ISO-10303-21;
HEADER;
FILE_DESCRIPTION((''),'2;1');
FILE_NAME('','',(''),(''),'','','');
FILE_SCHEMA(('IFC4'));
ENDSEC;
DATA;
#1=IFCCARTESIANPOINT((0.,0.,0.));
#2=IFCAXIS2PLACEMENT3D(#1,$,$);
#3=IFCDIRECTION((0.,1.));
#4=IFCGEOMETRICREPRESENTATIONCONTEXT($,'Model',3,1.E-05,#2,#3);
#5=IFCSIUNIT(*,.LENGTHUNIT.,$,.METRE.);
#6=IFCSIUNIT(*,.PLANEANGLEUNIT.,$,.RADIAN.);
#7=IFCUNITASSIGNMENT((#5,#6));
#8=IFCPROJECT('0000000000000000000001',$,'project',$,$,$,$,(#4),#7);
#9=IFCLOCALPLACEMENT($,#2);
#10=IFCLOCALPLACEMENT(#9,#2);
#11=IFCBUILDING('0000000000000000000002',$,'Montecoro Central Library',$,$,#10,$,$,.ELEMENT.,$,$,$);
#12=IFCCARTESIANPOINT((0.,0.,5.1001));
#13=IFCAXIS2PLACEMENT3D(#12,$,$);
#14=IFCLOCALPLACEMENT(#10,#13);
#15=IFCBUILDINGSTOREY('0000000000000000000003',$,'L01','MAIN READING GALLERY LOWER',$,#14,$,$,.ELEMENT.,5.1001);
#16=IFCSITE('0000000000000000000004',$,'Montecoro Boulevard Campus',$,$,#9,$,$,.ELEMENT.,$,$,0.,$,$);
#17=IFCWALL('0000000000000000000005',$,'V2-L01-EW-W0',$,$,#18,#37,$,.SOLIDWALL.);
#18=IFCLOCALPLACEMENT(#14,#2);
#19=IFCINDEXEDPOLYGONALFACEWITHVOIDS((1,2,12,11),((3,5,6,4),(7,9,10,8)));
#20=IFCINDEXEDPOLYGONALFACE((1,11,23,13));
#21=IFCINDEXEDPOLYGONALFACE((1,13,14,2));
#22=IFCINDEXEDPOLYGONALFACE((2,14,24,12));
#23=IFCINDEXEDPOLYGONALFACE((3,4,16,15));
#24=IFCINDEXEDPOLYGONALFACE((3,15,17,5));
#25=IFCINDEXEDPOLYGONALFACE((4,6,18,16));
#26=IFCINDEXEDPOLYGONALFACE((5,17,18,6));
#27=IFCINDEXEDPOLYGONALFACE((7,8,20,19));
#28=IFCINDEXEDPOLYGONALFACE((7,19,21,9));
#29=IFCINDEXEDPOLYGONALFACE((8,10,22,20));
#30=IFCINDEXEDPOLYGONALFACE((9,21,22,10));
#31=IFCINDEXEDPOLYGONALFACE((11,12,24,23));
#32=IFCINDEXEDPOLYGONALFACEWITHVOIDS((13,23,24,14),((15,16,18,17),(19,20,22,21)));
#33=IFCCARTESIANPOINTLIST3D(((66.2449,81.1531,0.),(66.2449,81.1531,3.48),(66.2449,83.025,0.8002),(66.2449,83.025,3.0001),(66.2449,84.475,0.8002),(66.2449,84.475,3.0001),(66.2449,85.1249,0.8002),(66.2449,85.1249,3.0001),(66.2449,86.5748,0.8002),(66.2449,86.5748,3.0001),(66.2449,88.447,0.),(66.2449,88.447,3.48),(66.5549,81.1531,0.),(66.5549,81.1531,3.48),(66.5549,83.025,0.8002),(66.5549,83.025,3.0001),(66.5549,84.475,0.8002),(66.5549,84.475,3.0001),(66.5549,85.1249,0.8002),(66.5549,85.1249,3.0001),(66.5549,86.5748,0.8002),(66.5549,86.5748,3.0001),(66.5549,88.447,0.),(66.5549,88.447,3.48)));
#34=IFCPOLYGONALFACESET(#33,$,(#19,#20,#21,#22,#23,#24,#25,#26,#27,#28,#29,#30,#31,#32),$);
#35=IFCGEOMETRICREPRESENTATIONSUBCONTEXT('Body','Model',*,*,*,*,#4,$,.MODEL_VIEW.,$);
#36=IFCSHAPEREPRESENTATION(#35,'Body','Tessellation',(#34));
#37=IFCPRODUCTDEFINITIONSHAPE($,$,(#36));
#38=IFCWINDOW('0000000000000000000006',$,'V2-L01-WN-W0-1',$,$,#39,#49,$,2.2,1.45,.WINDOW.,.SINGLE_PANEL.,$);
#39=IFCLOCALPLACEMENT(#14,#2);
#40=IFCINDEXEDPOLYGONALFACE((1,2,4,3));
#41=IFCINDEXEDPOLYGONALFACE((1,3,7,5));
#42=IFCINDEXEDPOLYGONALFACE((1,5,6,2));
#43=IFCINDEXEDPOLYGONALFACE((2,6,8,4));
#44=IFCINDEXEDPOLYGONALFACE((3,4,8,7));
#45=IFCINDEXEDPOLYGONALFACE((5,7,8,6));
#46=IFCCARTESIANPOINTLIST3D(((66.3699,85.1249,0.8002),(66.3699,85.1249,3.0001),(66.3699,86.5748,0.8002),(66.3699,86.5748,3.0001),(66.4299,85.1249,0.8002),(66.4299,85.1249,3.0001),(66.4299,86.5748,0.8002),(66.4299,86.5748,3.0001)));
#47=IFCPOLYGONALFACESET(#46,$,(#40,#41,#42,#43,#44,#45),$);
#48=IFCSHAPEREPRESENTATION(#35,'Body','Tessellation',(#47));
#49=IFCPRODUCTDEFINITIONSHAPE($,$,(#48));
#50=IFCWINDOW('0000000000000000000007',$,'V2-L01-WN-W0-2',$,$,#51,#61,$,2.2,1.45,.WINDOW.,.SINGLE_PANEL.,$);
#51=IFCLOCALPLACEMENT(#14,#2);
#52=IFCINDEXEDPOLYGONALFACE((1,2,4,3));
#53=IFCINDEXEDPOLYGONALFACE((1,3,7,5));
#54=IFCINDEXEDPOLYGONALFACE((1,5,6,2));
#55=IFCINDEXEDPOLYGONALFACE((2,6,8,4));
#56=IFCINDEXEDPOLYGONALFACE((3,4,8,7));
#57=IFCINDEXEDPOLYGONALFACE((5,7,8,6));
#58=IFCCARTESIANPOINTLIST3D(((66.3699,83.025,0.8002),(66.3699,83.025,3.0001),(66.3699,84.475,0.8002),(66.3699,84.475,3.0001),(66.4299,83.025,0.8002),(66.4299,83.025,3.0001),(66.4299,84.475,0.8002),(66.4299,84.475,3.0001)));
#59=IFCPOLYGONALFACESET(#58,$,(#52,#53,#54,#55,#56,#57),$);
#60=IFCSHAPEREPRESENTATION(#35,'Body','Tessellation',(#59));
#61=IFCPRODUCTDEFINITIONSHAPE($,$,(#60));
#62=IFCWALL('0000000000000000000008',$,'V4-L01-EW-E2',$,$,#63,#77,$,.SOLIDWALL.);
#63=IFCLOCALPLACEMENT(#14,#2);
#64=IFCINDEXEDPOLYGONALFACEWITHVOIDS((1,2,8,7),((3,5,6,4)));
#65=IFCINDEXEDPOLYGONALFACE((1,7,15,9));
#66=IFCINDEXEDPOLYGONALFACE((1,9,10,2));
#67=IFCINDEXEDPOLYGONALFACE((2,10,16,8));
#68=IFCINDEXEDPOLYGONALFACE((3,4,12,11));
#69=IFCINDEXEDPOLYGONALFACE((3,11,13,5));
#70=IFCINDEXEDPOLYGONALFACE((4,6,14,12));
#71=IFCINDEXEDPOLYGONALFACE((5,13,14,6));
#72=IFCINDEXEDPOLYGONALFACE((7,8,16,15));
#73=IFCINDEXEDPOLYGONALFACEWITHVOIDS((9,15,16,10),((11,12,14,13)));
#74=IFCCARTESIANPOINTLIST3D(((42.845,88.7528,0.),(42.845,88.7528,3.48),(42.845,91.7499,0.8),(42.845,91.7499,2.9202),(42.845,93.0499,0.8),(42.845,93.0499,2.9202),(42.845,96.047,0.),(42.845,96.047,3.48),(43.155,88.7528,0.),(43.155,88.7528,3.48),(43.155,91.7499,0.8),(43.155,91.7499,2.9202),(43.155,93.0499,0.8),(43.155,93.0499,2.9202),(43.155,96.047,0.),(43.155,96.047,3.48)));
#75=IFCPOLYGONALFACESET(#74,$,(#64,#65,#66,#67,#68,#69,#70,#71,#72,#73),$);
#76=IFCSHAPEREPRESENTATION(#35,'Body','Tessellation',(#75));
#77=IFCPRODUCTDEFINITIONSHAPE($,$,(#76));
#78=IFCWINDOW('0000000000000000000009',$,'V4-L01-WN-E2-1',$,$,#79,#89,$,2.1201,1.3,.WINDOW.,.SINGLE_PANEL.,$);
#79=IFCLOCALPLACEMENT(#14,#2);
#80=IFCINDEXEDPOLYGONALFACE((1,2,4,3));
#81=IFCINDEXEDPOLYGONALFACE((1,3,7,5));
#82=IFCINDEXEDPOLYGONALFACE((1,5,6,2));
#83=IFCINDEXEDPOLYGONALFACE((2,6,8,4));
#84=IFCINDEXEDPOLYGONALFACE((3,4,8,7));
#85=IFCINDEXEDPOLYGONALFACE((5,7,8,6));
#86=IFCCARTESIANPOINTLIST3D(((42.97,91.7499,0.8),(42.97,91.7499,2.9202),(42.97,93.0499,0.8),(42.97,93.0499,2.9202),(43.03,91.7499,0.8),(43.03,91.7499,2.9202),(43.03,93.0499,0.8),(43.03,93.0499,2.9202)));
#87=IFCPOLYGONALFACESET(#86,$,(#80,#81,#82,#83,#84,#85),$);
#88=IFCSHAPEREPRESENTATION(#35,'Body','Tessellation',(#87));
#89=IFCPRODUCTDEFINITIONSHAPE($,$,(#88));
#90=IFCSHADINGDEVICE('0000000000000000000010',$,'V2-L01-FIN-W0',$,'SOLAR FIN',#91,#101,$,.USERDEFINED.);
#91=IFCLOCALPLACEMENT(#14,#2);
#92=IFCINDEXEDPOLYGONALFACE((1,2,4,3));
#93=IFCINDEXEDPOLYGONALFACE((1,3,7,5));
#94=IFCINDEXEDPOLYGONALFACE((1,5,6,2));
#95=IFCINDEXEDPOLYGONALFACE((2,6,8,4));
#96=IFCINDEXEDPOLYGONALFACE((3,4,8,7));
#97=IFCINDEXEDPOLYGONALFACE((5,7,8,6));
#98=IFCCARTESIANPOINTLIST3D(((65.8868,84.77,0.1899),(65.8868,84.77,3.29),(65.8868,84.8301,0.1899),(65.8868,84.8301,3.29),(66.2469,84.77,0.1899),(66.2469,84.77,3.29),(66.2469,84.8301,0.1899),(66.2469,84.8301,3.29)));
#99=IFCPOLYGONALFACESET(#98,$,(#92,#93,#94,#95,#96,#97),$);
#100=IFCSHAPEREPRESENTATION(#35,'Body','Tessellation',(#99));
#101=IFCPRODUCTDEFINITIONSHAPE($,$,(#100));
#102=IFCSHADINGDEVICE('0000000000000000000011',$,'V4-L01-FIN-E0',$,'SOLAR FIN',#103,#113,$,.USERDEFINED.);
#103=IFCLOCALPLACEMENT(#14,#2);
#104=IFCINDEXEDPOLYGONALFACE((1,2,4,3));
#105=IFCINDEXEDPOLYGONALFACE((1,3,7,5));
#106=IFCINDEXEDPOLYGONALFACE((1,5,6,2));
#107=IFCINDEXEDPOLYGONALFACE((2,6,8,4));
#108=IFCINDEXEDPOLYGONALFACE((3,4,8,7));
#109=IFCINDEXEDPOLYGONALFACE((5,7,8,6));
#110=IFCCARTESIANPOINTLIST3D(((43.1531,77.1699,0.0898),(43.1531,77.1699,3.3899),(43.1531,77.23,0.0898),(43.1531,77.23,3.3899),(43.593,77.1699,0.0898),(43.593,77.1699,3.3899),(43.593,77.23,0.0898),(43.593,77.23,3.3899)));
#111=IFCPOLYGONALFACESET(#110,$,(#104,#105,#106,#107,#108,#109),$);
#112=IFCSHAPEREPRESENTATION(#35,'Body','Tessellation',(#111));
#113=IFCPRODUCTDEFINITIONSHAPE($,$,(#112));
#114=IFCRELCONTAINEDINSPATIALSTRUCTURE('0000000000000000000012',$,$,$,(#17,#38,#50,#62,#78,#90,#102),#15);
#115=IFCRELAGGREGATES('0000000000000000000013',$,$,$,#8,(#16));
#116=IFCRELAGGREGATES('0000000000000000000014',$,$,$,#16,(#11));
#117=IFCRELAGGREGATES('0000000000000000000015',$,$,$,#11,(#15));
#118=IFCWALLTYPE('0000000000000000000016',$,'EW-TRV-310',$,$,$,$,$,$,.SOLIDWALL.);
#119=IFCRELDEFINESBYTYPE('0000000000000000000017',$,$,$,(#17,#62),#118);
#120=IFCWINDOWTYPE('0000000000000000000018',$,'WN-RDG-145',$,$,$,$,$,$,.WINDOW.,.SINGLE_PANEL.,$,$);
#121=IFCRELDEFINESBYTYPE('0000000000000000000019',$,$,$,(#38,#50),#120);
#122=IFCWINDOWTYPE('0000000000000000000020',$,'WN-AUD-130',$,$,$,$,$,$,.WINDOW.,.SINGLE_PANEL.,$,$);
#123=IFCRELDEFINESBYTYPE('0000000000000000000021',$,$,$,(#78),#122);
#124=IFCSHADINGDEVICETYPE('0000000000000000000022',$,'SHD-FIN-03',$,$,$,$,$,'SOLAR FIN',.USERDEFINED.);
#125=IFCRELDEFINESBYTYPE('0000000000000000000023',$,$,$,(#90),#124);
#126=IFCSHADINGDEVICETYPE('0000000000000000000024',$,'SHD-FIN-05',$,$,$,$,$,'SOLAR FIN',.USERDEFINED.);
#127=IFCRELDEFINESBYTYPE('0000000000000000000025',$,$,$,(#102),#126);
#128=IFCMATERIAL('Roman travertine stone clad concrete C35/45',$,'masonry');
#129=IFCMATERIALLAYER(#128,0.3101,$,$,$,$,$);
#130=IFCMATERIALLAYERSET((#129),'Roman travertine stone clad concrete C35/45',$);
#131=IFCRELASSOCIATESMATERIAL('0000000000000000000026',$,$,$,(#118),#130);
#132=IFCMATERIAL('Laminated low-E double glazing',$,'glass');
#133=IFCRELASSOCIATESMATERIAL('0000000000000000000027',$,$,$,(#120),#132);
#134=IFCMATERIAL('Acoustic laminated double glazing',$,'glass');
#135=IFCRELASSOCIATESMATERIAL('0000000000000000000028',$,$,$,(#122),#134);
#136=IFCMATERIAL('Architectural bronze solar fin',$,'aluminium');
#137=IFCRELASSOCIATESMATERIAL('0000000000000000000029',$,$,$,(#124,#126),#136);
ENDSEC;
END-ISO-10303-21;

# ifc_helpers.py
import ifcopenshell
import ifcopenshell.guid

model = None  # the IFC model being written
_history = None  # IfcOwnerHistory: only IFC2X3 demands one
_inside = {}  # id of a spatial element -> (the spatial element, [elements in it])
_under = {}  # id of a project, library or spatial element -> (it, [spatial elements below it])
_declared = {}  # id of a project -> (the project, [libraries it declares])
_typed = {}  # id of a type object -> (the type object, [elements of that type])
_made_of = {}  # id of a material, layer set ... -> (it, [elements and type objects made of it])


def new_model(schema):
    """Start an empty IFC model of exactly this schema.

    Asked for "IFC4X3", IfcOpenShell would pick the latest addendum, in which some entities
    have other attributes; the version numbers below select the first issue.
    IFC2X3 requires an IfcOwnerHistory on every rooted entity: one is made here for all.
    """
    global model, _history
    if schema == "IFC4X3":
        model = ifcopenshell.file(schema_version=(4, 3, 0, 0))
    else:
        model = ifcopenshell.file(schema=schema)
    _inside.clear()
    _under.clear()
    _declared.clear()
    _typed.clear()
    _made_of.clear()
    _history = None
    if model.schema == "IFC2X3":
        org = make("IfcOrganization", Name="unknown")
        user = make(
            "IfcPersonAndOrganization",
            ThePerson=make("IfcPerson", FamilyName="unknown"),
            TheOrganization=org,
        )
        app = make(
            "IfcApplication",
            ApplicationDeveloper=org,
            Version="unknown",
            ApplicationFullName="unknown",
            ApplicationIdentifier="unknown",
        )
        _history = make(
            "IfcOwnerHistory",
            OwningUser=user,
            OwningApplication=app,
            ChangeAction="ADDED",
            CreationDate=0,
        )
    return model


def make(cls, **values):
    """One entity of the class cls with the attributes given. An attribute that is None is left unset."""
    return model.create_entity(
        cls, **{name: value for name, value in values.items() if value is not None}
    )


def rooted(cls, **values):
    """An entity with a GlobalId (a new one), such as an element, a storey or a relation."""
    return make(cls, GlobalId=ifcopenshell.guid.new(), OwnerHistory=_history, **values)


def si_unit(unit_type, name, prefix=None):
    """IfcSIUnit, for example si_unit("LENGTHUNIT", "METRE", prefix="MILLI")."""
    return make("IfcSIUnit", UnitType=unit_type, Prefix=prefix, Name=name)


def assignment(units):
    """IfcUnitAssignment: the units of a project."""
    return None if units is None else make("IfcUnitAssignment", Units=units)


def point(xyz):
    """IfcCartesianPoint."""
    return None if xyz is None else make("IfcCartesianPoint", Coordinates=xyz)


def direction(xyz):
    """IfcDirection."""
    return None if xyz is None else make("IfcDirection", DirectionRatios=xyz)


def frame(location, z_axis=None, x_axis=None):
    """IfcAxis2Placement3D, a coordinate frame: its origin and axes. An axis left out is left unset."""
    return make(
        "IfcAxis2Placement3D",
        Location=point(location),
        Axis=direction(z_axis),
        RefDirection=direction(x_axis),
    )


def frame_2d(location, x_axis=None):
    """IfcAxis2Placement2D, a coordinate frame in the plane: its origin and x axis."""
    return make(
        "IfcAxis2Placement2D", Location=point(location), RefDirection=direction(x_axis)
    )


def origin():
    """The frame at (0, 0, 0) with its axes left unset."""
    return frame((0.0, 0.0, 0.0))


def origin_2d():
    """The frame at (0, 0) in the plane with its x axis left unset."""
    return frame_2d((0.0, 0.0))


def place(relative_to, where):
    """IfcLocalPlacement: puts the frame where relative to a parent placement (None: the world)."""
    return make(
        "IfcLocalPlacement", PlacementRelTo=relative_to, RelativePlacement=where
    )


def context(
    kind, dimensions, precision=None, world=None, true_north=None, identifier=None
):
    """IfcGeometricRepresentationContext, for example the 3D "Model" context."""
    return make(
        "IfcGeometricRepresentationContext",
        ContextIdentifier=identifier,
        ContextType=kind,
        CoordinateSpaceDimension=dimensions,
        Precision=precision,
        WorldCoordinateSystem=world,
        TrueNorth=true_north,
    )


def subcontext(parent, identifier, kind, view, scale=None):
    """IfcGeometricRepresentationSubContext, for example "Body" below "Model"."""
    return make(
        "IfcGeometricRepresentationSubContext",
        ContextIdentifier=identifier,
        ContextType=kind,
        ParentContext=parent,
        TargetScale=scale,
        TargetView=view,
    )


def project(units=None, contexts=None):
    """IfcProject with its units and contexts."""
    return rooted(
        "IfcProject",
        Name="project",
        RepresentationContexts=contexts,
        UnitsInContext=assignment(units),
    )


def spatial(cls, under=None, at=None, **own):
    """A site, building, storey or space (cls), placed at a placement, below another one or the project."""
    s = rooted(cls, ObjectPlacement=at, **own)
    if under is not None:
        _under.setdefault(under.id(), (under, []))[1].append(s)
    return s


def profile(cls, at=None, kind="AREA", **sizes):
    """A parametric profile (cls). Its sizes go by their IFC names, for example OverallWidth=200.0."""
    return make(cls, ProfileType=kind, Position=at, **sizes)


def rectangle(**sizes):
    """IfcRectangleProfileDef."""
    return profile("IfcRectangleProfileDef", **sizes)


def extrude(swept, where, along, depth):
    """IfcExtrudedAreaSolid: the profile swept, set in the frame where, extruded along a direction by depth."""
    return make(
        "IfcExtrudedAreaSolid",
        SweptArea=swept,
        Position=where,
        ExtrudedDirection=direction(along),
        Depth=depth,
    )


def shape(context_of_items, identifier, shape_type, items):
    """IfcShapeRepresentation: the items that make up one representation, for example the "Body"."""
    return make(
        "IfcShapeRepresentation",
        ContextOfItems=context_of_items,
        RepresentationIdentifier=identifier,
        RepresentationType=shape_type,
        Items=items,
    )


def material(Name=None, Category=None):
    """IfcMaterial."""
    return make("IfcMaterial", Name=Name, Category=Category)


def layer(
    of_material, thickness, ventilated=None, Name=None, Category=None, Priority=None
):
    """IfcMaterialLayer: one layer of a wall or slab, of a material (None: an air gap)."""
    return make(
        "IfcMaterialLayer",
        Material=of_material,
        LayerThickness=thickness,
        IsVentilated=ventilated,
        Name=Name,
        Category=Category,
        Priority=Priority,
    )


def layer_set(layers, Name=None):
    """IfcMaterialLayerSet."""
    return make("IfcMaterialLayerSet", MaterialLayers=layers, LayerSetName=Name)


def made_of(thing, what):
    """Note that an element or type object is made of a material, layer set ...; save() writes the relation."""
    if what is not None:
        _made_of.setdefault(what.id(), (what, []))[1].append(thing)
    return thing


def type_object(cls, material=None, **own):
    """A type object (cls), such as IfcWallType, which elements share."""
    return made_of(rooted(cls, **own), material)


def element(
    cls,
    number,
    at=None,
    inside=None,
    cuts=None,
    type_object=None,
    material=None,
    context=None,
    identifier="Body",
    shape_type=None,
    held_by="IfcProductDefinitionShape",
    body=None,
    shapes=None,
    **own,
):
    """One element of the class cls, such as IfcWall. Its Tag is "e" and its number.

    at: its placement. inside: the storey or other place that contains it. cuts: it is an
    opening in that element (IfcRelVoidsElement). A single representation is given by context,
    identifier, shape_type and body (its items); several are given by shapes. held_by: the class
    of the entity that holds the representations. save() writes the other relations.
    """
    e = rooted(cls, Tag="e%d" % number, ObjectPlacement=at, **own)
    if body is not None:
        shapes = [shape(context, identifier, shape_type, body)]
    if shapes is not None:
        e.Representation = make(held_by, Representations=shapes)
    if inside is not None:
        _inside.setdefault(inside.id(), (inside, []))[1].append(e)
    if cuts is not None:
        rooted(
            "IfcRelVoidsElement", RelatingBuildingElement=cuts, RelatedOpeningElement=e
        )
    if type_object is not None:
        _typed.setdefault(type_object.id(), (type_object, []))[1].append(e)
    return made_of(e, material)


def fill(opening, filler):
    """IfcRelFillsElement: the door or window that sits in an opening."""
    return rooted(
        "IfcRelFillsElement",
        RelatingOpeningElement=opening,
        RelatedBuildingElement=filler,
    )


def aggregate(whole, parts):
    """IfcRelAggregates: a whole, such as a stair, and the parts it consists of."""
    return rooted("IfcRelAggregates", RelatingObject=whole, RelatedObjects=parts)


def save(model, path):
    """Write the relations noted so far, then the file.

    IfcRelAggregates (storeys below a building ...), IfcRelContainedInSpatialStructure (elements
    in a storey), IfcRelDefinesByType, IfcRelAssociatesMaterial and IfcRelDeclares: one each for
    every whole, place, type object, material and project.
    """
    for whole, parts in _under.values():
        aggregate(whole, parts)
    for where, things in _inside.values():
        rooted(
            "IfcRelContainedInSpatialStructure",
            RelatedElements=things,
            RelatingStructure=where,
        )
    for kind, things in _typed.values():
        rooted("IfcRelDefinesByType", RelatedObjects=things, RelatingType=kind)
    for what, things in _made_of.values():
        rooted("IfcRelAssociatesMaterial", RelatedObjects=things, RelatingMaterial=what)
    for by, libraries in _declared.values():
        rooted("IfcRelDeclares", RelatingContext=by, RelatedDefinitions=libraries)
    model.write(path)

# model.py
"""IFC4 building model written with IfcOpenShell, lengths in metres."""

from ifc_helpers import new_model, si_unit, direction, frame, frame_2d, origin, origin_2d, place, context, subcontext, project, spatial, rectangle, extrude, material, layer, layer_set, type_object, element, fill, save


model = new_model("IFC4")

# Units and contexts
model_context = context("Model", 3, precision=1e-05, world=origin(), true_north=direction((0.0, 1.0)))
body_context = subcontext(model_context, "Body", "Model", "MODEL_VIEW")
ifc_project = project(units=[si_unit("LENGTHUNIT", "METRE"), si_unit("PLANEANGLEUNIT", "RADIAN")], contexts=[model_context])

# Site, building, storey
site_placement = place(None, origin())
site = spatial("IfcSite", under=ifc_project, at=site_placement, Name="Montecoro Boulevard Campus", CompositionType="ELEMENT", RefElevation=0.0)
building_placement = place(site_placement, origin())
building = spatial("IfcBuilding", under=site, at=building_placement, Name="Montecoro Central Library", CompositionType="ELEMENT")
storey_placement = place(building_placement, frame((0.0, 0.0, 5.1001)))
storey = spatial("IfcBuildingStorey", under=building, at=storey_placement, Name="L01", Description="MAIN READING GALLERY LOWER", CompositionType="ELEMENT", Elevation=5.1001)

# Shared definitions
ifc_material_1 = material(Name="Laminated low-E double glazing", Category="glass")

# Wall, openings, windows
ifc_material_2 = material(Name="Roman travertine stone clad concrete C35/45", Category="masonry")
ifc_layer_1 = layer(ifc_material_2, 0.3101)
ifc_layer_set_1 = layer_set([ifc_layer_1], Name="Roman travertine stone clad concrete C35/45")
wall_type = type_object("IfcWallType", Name="EW-TRV-310", PredefinedType="SOLIDWALL", material=ifc_layer_set_1)
wall_1_placement = place(storey_placement, frame((66.3999, 88.447, 0.0), z_axis=(0.0, 0.0, 1.0), x_axis=(0.0, -1.0, 0.0)))
wall_1 = element("IfcWall", 1, at=wall_1_placement, inside=storey, type_object=wall_type, Name="V2-L01-EW-W0", PredefinedType="SOLIDWALL", context=body_context, shape_type="SweptSolid", body=[
    extrude(rectangle(XDim=7.2939, YDim=0.3101, at=frame_2d((3.647, 0.0))), origin(), (0.0, 0.0, 1.0), 3.48),
])
opening_1_placement = place(wall_1_placement, frame((1.8721, 0.0, 0.8)))
opening_1 = element("IfcOpeningElement", 2, at=opening_1_placement, cuts=wall_1, PredefinedType="OPENING", context=body_context, shape_type="SweptSolid", body=[
    extrude(rectangle(XDim=1.45, YDim=2.2, at=frame_2d((0.7251, 1.1001))), frame((0.0, 0.165, 0.0), z_axis=(0.0, -1.0, 0.0), x_axis=(1.0, 0.0, 0.0)), (0.0, 0.0, 1.0), 0.3301),
])
opening_2_placement = place(wall_1_placement, frame((3.9719, 0.0, 0.8)))
opening_2 = element("IfcOpeningElement", 3, at=opening_2_placement, cuts=wall_1, PredefinedType="OPENING", context=body_context, shape_type="SweptSolid", body=[
    extrude(rectangle(XDim=1.45, YDim=2.2, at=frame_2d((0.7251, 1.1001))), frame((0.0, 0.165, 0.0), z_axis=(0.0, -1.0, 0.0), x_axis=(1.0, 0.0, 0.0)), (0.0, 0.0, 1.0), 0.3301),
])
window_type_1 = type_object("IfcWindowType", Name="WN-RDG-145", PartitioningType="SINGLE_PANEL", PredefinedType="WINDOW", material=ifc_material_1)
window_1_placement = place(opening_1_placement, origin())
window_1 = element("IfcWindow", 4, at=window_1_placement, inside=storey, type_object=window_type_1, Name="V2-L01-WN-W0-1", OverallHeight=2.2, OverallWidth=1.45, PartitioningType="SINGLE_PANEL", PredefinedType="WINDOW", context=body_context, shape_type="SweptSolid", body=[
    extrude(rectangle(XDim=1.45, YDim=2.2, at=frame_2d((0.7251, 1.1001))), frame((0.0, 0.03, 0.0), z_axis=(0.0, -1.0, 0.0), x_axis=(1.0, 0.0, 0.0)), (0.0, 0.0, 1.0), 0.0601),
])
fill(opening_1, window_1)
window_2_placement = place(opening_2_placement, origin())
window_2 = element("IfcWindow", 5, at=window_2_placement, inside=storey, type_object=window_type_1, Name="V2-L01-WN-W0-2", OverallHeight=2.2, OverallWidth=1.45, PartitioningType="SINGLE_PANEL", PredefinedType="WINDOW", context=body_context, shape_type="SweptSolid", body=[
    extrude(rectangle(XDim=1.45, YDim=2.2, at=frame_2d((0.7251, 1.1001))), frame((0.0, 0.03, 0.0), z_axis=(0.0, -1.0, 0.0), x_axis=(1.0, 0.0, 0.0)), (0.0, 0.0, 1.0), 0.0601),
])
fill(opening_2, window_2)

# Wall, opening, window
wall_2_placement = place(storey_placement, frame((43.0, 88.7529, 0.0), z_axis=(0.0, 0.0, 1.0), x_axis=(0.0, 1.0, 0.0)))
wall_2 = element("IfcWall", 6, at=wall_2_placement, inside=storey, type_object=wall_type, Name="V4-L01-EW-E2", PredefinedType="SOLIDWALL", context=body_context, shape_type="SweptSolid", body=[
    extrude(rectangle(XDim=7.2942, YDim=0.3101, at=frame_2d((3.647, 0.0))), origin(), (0.0, 0.0, 1.0), 3.48),
])
opening_3_placement = place(wall_2_placement, frame((2.9971, 0.0, 0.8)))
opening_3 = element("IfcOpeningElement", 7, at=opening_3_placement, cuts=wall_2, PredefinedType="OPENING", context=body_context, shape_type="SweptSolid", body=[
    extrude(rectangle(XDim=1.3, YDim=2.1201, at=frame_2d((0.6499, 1.0601))), frame((0.0, 0.165, 0.0), z_axis=(0.0, -1.0, 0.0), x_axis=(1.0, 0.0, 0.0)), (0.0, 0.0, 1.0), 0.3301),
])
ifc_material_3 = material(Name="Acoustic laminated double glazing", Category="glass")
window_type_2 = type_object("IfcWindowType", Name="WN-AUD-130", PartitioningType="SINGLE_PANEL", PredefinedType="WINDOW", material=ifc_material_3)
window_3_placement = place(opening_3_placement, origin())
window_3 = element("IfcWindow", 8, at=window_3_placement, inside=storey, type_object=window_type_2, Name="V4-L01-WN-E2-1", OverallHeight=2.1201, OverallWidth=1.3, PartitioningType="SINGLE_PANEL", PredefinedType="WINDOW", context=body_context, shape_type="SweptSolid", body=[
    extrude(rectangle(XDim=1.3, YDim=2.1201, at=frame_2d((0.6499, 1.0601))), frame((0.0, 0.03, 0.0), z_axis=(0.0, -1.0, 0.0), x_axis=(1.0, 0.0, 0.0)), (0.0, 0.0, 1.0), 0.0601),
])
fill(opening_3, window_3)

# Shading devices
ifc_material_4 = material(Name="Architectural bronze solar fin", Category="aluminium")
shading_device_type_1 = type_object("IfcShadingDeviceType", Name="SHD-FIN-03", ElementType="SOLAR FIN", PredefinedType="USERDEFINED", material=ifc_material_4)
shading_device_1_placement = place(storey_placement, frame((66.0669, 84.8, 0.1899), z_axis=(0.0, 0.0, 1.0), x_axis=(0.0, -1.0, 0.0)))
element("IfcShadingDevice", 9, at=shading_device_1_placement, inside=storey, type_object=shading_device_type_1, Name="V2-L01-FIN-W0", ObjectType="SOLAR FIN", PredefinedType="USERDEFINED", context=body_context, shape_type="SweptSolid", body=[
    extrude(rectangle(XDim=0.0601, YDim=0.3601, at=origin_2d()), origin(), (0.0, 0.0, 1.0), 3.1001),
])
shading_device_type_2 = type_object("IfcShadingDeviceType", Name="SHD-FIN-05", ElementType="SOLAR FIN", PredefinedType="USERDEFINED", material=ifc_material_4)
shading_device_2_placement = place(storey_placement, frame((43.373, 77.2, 0.0898), z_axis=(0.0, 0.0, 1.0), x_axis=(0.0, 1.0, 0.0)))
element("IfcShadingDevice", 10, at=shading_device_2_placement, inside=storey, type_object=shading_device_type_2, Name="V4-L01-FIN-E0", ObjectType="SOLAR FIN", PredefinedType="USERDEFINED", context=body_context, shape_type="SweptSolid", body=[
    extrude(rectangle(XDim=0.0601, YDim=0.4399, at=origin_2d()), origin(), (0.0, 0.0, 1.0), 3.3),
])

save(model, "model.ifc")
